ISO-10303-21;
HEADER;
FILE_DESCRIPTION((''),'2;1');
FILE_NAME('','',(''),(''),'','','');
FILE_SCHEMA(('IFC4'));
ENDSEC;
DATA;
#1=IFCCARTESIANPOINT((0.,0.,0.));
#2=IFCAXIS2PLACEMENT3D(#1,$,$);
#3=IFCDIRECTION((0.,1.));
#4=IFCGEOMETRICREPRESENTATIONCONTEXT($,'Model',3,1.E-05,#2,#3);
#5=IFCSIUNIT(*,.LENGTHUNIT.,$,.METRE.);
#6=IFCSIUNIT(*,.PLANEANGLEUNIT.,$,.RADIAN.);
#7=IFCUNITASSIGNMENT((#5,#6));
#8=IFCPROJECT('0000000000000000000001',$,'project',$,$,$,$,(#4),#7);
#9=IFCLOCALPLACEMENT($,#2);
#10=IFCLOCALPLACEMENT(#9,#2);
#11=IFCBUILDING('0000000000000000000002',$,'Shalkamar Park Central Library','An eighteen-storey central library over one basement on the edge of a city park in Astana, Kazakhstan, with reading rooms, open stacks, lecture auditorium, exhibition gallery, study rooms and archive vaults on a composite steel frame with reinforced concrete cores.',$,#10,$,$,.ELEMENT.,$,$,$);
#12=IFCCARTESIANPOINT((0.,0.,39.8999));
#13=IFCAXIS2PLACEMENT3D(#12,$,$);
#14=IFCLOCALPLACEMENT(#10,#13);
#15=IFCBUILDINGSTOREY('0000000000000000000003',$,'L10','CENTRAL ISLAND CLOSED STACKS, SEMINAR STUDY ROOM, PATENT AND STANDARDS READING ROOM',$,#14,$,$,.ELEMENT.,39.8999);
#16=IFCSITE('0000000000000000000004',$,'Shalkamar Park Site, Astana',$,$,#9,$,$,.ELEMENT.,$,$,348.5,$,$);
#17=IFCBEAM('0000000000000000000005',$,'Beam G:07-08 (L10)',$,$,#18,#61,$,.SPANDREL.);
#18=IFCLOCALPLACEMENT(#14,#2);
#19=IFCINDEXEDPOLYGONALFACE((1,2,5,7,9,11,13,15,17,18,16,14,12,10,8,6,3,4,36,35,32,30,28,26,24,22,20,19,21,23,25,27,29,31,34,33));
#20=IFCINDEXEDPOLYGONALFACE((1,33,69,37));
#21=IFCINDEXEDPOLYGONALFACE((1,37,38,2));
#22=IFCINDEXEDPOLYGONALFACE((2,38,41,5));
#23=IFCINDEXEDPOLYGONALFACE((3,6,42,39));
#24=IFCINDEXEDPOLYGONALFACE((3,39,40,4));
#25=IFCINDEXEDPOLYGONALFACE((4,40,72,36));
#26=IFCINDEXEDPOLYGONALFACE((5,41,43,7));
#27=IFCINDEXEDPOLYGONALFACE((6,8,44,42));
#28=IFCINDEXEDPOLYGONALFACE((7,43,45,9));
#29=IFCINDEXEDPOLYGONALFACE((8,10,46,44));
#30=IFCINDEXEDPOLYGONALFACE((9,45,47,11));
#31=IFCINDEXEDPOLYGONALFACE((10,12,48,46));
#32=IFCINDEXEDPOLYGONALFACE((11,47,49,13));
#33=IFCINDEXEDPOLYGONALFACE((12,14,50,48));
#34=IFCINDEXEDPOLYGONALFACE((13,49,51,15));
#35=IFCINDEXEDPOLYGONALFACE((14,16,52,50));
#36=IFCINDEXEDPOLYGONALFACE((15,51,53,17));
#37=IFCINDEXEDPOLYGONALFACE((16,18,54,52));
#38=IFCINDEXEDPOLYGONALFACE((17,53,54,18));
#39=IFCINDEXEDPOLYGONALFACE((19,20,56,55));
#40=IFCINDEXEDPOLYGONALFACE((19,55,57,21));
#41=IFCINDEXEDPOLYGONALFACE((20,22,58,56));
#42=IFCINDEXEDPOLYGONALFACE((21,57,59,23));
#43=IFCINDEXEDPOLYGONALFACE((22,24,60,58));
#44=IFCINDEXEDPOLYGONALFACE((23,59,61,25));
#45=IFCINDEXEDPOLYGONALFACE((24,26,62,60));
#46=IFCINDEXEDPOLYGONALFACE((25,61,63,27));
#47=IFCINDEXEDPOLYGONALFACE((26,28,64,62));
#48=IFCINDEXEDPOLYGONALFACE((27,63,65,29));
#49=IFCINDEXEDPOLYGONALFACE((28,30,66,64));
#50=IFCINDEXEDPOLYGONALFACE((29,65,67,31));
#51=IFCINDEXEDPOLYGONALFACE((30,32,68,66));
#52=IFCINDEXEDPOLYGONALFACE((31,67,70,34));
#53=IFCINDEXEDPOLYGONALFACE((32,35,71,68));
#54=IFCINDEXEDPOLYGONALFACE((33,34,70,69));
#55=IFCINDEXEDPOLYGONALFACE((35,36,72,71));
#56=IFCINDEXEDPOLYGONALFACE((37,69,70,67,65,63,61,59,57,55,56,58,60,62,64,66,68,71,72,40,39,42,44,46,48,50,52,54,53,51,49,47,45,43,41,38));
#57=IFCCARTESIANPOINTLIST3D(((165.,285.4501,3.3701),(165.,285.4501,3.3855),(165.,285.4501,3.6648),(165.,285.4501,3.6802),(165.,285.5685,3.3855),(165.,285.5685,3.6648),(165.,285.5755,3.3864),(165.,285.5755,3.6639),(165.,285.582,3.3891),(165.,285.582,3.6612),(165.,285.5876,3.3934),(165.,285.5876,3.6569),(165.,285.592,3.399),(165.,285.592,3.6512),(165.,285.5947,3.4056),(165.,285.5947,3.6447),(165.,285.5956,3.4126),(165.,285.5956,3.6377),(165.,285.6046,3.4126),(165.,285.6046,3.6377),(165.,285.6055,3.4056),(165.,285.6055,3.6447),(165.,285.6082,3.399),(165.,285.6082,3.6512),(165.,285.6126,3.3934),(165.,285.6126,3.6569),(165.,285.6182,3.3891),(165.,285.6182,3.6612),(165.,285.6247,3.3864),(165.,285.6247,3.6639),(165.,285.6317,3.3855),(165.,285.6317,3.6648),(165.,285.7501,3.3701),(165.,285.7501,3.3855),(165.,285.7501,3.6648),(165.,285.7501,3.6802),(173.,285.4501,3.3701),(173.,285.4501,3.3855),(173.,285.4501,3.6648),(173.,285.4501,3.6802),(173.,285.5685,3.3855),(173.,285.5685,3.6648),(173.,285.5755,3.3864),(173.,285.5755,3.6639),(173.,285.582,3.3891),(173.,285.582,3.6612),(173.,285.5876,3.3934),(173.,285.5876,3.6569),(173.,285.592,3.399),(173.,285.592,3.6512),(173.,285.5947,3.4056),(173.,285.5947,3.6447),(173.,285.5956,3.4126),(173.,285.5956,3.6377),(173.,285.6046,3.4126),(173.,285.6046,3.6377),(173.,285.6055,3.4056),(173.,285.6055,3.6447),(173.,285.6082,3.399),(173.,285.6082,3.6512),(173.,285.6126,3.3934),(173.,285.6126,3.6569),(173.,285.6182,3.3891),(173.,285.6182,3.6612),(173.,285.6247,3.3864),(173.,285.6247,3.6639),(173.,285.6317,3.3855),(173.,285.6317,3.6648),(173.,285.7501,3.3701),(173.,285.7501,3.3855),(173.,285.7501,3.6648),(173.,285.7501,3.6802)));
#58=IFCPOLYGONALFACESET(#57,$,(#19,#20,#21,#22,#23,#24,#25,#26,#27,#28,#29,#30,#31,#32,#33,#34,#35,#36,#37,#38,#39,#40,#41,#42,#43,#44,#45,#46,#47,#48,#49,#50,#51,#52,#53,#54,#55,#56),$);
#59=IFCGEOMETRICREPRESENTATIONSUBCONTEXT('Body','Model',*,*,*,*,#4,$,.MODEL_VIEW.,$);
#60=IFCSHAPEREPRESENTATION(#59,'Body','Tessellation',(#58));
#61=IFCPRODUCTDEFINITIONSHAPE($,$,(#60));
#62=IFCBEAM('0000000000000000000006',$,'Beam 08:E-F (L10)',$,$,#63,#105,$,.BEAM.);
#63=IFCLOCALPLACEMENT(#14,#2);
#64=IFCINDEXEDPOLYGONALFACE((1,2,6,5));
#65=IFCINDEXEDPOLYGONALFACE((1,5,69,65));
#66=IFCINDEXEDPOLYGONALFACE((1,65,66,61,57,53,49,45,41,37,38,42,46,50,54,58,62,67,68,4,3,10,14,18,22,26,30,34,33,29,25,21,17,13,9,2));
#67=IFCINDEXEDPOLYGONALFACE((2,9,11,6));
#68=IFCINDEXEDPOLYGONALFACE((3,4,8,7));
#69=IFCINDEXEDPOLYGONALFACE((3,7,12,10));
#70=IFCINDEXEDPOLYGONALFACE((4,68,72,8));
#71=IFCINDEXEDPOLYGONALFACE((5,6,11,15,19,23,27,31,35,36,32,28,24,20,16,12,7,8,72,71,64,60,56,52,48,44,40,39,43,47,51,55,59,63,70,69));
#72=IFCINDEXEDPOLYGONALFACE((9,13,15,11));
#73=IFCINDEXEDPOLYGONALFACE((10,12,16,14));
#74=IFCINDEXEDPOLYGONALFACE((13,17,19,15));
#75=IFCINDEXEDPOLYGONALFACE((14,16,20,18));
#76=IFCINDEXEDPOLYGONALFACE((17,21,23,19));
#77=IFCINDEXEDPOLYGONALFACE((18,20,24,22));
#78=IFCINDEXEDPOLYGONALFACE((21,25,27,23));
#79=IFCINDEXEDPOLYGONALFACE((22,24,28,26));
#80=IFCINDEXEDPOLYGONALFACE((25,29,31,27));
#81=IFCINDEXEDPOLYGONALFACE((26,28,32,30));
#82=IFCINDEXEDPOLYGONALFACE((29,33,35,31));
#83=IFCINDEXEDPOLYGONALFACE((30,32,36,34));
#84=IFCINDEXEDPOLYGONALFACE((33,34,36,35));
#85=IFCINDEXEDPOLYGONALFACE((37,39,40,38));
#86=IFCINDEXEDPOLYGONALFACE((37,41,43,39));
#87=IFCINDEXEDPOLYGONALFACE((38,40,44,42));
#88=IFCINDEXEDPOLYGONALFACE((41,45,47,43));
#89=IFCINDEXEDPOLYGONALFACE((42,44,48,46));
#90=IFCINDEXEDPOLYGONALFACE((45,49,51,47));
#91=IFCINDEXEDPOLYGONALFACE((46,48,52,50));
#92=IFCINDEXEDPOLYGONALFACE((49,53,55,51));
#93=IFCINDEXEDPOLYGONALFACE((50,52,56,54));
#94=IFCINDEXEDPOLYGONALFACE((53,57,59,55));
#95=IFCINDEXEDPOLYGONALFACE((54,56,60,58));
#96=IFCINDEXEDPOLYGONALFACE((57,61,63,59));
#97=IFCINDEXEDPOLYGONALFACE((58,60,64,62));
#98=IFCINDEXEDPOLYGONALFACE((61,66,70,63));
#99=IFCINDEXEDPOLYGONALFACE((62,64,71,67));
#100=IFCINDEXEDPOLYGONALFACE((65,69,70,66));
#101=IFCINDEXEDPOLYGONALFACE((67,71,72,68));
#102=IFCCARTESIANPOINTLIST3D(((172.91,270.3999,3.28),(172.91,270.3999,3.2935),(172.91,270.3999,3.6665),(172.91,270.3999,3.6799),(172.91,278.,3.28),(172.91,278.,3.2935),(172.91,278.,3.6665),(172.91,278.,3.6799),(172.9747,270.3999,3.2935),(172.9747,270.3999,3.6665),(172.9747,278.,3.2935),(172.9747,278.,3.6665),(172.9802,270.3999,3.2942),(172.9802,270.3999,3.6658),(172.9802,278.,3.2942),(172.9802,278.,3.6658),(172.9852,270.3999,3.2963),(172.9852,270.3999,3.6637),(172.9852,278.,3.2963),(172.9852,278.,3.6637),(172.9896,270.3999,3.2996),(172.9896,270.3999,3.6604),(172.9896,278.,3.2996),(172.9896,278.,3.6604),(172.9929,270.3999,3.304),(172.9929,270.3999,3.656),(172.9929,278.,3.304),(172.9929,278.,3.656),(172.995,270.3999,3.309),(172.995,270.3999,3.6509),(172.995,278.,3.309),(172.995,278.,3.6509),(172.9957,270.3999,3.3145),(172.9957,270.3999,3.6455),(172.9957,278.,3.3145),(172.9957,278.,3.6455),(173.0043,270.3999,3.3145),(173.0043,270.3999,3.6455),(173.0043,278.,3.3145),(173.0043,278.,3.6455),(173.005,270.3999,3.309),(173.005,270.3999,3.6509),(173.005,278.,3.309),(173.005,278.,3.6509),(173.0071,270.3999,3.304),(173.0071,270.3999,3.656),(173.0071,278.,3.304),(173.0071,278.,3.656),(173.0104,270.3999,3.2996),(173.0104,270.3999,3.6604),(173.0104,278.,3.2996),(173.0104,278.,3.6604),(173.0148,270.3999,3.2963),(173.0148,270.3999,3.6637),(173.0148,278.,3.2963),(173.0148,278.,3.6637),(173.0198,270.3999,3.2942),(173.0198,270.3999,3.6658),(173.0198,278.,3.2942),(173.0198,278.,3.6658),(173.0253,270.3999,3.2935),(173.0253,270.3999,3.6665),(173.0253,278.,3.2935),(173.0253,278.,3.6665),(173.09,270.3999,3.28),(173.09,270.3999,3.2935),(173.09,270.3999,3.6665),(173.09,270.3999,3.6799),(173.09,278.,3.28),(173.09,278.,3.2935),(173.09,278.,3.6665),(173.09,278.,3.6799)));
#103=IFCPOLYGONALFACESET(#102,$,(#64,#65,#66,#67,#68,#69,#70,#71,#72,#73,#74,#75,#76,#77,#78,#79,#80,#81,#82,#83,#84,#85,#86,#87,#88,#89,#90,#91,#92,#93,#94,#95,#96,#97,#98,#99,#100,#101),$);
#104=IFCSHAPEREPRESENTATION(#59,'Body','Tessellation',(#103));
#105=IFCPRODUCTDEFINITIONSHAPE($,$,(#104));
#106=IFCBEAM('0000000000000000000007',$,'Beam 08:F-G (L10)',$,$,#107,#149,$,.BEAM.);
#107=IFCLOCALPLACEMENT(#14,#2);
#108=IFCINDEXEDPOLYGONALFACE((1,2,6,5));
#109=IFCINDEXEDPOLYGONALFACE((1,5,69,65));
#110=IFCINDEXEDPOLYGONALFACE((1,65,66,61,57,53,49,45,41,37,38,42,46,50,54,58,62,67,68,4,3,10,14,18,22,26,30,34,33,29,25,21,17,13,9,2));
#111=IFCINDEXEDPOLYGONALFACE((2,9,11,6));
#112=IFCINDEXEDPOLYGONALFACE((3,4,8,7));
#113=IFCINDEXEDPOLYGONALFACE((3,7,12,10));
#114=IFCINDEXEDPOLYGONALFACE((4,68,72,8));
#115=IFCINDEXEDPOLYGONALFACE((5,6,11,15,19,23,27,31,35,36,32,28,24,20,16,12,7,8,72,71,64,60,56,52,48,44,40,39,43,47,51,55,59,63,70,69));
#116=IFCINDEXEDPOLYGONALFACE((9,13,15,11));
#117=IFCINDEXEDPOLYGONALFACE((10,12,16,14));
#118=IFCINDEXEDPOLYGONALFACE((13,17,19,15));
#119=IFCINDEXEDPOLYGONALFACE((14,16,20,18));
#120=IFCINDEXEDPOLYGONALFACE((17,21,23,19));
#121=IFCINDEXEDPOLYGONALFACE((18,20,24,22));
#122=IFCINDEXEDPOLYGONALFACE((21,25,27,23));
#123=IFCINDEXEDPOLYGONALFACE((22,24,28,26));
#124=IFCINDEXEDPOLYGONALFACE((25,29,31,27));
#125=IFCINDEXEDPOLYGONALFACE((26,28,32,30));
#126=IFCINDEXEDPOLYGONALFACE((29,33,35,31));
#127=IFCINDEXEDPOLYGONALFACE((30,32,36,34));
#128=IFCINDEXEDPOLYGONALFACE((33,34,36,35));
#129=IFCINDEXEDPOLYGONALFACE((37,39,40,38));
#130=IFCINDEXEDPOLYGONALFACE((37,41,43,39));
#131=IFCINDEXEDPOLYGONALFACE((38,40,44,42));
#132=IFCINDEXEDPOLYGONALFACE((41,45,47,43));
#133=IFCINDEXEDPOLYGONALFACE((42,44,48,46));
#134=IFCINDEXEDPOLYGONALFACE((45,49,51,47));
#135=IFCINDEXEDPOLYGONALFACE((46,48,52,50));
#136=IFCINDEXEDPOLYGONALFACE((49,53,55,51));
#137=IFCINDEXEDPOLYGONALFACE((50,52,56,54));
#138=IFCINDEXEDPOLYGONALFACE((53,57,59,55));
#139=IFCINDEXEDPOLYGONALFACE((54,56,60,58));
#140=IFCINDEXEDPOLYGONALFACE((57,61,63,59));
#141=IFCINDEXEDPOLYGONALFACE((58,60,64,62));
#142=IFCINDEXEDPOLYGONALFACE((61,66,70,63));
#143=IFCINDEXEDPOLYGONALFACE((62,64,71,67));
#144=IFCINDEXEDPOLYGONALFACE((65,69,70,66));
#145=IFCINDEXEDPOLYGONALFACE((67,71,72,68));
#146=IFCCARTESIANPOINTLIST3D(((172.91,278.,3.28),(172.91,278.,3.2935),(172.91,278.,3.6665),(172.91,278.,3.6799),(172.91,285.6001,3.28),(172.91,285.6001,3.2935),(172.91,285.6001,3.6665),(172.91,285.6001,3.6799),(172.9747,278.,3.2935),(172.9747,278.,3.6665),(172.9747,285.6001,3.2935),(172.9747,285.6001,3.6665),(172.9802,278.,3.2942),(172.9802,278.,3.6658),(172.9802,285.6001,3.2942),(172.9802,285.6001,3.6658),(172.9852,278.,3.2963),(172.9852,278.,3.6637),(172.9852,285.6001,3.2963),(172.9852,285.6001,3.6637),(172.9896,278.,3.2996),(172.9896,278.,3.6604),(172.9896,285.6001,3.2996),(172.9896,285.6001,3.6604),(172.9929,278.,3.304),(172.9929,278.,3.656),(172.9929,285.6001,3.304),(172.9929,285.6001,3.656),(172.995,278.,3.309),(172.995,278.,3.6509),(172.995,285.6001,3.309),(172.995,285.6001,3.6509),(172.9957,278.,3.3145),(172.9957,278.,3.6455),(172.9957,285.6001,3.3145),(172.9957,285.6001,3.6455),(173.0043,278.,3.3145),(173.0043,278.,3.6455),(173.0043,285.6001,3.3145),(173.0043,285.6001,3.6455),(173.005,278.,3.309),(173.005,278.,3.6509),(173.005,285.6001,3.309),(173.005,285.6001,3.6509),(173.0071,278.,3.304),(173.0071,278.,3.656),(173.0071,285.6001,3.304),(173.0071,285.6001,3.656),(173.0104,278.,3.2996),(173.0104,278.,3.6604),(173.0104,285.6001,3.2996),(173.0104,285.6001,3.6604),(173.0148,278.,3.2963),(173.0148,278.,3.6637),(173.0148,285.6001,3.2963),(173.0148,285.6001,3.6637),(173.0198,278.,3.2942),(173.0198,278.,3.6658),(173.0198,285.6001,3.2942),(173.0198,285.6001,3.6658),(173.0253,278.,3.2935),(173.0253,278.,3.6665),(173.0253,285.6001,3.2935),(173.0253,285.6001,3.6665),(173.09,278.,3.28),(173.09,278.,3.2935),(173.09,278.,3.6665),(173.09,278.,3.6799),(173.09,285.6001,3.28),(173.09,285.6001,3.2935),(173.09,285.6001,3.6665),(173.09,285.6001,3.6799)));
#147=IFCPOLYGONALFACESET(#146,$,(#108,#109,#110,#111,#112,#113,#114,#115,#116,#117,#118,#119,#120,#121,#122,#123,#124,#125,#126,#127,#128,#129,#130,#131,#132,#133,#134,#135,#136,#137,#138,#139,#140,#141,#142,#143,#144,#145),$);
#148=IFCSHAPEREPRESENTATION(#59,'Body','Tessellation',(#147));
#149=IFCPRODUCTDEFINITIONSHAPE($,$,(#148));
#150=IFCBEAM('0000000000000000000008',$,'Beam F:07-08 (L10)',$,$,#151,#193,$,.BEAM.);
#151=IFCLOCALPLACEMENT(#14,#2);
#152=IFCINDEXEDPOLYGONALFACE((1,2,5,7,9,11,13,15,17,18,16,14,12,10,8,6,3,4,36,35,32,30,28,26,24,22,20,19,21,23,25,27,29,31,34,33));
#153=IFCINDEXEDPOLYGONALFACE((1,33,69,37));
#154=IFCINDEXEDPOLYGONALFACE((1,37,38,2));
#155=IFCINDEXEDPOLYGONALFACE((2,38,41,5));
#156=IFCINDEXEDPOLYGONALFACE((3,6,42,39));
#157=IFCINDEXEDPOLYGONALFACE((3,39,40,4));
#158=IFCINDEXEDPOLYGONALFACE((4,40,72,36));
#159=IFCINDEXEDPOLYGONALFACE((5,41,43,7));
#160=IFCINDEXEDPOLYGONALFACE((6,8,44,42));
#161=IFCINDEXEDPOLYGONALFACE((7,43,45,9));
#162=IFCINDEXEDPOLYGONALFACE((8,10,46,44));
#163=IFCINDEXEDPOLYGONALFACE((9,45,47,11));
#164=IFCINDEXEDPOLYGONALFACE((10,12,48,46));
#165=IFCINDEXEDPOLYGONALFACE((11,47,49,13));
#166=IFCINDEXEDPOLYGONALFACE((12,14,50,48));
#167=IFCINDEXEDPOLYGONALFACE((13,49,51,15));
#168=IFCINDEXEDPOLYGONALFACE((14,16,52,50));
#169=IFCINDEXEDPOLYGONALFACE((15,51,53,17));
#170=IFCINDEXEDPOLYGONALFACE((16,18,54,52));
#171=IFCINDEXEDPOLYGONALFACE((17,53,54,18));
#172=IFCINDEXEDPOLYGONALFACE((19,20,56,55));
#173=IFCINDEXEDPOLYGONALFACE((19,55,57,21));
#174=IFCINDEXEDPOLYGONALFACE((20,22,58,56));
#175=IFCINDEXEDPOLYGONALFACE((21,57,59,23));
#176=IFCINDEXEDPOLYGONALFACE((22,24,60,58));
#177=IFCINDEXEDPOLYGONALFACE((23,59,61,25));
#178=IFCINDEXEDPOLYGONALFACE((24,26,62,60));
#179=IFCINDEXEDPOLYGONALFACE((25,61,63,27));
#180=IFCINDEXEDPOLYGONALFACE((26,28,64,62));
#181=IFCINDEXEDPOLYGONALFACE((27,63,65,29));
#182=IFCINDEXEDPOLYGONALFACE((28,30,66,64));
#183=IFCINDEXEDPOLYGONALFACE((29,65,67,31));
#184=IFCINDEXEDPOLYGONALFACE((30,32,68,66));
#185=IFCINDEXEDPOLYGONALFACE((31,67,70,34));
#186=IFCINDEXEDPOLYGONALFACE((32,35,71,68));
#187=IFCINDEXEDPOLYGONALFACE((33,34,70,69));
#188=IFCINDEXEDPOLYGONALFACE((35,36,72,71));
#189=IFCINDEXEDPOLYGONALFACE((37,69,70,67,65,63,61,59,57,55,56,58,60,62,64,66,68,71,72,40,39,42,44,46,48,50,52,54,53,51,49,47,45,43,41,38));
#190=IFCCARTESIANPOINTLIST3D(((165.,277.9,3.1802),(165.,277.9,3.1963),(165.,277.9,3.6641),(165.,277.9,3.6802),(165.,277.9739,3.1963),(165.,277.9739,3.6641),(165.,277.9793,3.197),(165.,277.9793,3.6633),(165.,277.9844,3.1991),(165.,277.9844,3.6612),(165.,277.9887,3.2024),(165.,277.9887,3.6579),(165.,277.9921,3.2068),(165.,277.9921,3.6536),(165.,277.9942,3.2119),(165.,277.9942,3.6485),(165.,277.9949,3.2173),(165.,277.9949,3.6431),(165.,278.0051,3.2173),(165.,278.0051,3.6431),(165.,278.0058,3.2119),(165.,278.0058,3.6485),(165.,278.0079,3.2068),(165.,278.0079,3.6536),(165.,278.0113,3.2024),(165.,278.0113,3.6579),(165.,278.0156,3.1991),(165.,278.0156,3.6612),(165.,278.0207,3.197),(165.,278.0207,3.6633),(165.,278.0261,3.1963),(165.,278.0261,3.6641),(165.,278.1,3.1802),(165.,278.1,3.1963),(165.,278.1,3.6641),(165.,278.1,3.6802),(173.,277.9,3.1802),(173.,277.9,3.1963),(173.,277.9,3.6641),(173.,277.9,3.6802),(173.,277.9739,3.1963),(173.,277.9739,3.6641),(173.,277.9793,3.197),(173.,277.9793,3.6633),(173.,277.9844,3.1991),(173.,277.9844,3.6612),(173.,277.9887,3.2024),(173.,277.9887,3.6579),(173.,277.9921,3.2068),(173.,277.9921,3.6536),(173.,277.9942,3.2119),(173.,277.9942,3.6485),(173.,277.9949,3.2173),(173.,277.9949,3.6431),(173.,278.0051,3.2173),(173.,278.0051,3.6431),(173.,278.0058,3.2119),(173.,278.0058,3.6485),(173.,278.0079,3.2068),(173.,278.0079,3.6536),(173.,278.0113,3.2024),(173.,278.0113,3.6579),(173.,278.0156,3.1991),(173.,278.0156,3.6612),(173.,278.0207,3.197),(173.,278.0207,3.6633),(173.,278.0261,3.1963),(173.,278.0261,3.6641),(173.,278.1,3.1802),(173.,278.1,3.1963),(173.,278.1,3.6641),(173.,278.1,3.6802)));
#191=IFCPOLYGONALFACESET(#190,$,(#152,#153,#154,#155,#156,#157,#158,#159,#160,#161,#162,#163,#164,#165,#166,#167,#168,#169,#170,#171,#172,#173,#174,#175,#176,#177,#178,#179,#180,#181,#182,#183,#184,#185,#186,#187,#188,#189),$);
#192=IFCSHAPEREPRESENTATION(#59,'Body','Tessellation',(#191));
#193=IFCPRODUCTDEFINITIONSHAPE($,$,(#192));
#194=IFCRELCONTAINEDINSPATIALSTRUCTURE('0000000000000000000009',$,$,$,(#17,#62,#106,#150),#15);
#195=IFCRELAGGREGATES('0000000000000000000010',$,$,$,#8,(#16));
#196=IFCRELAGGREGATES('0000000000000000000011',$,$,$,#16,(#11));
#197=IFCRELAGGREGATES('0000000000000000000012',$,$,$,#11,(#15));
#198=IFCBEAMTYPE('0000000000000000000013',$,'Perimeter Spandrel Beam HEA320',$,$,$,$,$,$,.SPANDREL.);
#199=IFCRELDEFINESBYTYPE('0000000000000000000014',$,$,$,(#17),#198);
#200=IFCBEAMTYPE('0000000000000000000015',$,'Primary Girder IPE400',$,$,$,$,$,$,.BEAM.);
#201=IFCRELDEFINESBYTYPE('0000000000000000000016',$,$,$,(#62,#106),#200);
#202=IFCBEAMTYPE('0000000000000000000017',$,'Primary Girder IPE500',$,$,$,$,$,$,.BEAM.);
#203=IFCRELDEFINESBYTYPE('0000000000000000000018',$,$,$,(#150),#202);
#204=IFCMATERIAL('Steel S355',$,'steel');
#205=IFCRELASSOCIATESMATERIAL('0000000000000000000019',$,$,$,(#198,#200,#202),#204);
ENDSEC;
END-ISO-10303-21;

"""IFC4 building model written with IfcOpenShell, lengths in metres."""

from ifc_helpers import new_model, si_unit, direction, frame, origin, origin_2d, place, context, subcontext, project, spatial, i_section, extrude, material, material_profile, profile_set, type_object, element, save


model = new_model("IFC4")

# Units and contexts
model_context = context("Model", 3, precision=1e-05, world=origin(), true_north=direction((0.0, 1.0)))
body_context = subcontext(model_context, "Body", "Model", "MODEL_VIEW")
ifc_project = project(units=[si_unit("LENGTHUNIT", "METRE"), si_unit("PLANEANGLEUNIT", "RADIAN")], contexts=[model_context])

# Site, building, storey
site_placement = place(None, origin())
site = spatial("IfcSite", under=ifc_project, at=site_placement, Name="Shalkamar Park Site, Astana", CompositionType="ELEMENT", RefElevation=348.5)
building_placement = place(site_placement, origin())
building = spatial("IfcBuilding", under=site, at=building_placement, Name="Shalkamar Park Central Library", Description="An eighteen-storey central library over one basement on the edge of a city park in Astana, Kazakhstan, with reading rooms, open stacks, lecture auditorium, exhibition gallery, study rooms and archive vaults on a composite steel frame with reinforced concrete cores.", CompositionType="ELEMENT")
storey_placement = place(building_placement, frame((0.0, 0.0, 39.8999)))
storey = spatial("IfcBuildingStorey", under=building, at=storey_placement, Name="L10", Description="CENTRAL ISLAND CLOSED STACKS, SEMINAR STUDY ROOM, PATENT AND STANDARDS READING ROOM", CompositionType="ELEMENT", Elevation=39.8999)

# Shared definitions
ifc_material_1 = material(Name="Steel S355", Category="steel")

# Beams
ifc_material_profile_1 = material_profile(ifc_material_1, i_section(OverallWidth=0.3, OverallDepth=0.3101, WebThickness=0.009, FlangeThickness=0.0154, FilletRadius=0.0271, at=origin_2d()), Name="HEA 320")
ifc_profile_set_1 = profile_set([ifc_material_profile_1], Name="Steel S355")
beam_type_1 = type_object("IfcBeamType", Name="Perimeter Spandrel Beam HEA320", PredefinedType="SPANDREL", material=ifc_profile_set_1)
beam_1_placement = place(storey_placement, frame((165.0, 285.6001, 3.5251), z_axis=(1.0, 0.0, 0.0), x_axis=(0.0, 1.0, 0.0)))
element("IfcBeam", 1, at=beam_1_placement, inside=storey, type_object=beam_type_1, Name="Beam G:07-08 (L10)", PredefinedType="SPANDREL", context=body_context, shape_type="SweptSolid", body=[
    extrude(i_section(OverallWidth=0.3, OverallDepth=0.3101, WebThickness=0.009, FlangeThickness=0.0154, FilletRadius=0.0271, at=origin_2d()), origin(), (0.0, 0.0, 1.0), 8.0),
])
ifc_material_profile_2 = material_profile(ifc_material_1, i_section(OverallWidth=0.1799, OverallDepth=0.3999, WebThickness=0.0085, FlangeThickness=0.0134, FilletRadius=0.021, at=origin_2d()), Name="IPE 400")
ifc_profile_set_2 = profile_set([ifc_material_profile_2], Name="Steel S355")
beam_type_2 = type_object("IfcBeamType", Name="Primary Girder IPE400", PredefinedType="BEAM", material=ifc_profile_set_2)
for number, where, z_axis, x_axis, name in (
    (2, (173.0, 270.3999, 3.48), (0.0, 1.0, 0.0), (-1.0, 0.0, 0.0), "Beam 08:E-F (L10)"),
    (3, (173.0, 278.0, 3.48), (0.0, 1.0, 0.0), (-1.0, 0.0, 0.0), "Beam 08:F-G (L10)"),
):
    element("IfcBeam", number, at=place(storey_placement, frame(where, z_axis=z_axis, x_axis=x_axis)), inside=storey, type_object=beam_type_2, Name=name, PredefinedType="BEAM", context=body_context, shape_type="SweptSolid", body=[
        extrude(i_section(OverallWidth=0.1799, OverallDepth=0.3999, WebThickness=0.0085, FlangeThickness=0.0134, FilletRadius=0.021, at=origin_2d()), origin(), (0.0, 0.0, 1.0), 7.6001),
    ])
ifc_material_profile_3 = material_profile(ifc_material_1, i_section(OverallWidth=0.2, OverallDepth=0.5, WebThickness=0.0103, FlangeThickness=0.0161, FilletRadius=0.021, at=origin_2d()), Name="IPE 500")
ifc_profile_set_3 = profile_set([ifc_material_profile_3], Name="Steel S355")
beam_type_3 = type_object("IfcBeamType", Name="Primary Girder IPE500", PredefinedType="BEAM", material=ifc_profile_set_3)
for number, where, z_axis, x_axis, name in (
    (4, (165.0, 278.0, 3.4302), (1.0, 0.0, 0.0), (0.0, 1.0, 0.0), "Beam F:07-08 (L10)"),
):
    element("IfcBeam", number, at=place(storey_placement, frame(where, z_axis=z_axis, x_axis=x_axis)), inside=storey, type_object=beam_type_3, Name=name, PredefinedType="BEAM", context=body_context, shape_type="SweptSolid", body=[
        extrude(i_section(OverallWidth=0.2, OverallDepth=0.5, WebThickness=0.0103, FlangeThickness=0.0161, FilletRadius=0.021, at=origin_2d()), origin(), (0.0, 0.0, 1.0), 8.0),
    ])

save(model, "model.ifc")
